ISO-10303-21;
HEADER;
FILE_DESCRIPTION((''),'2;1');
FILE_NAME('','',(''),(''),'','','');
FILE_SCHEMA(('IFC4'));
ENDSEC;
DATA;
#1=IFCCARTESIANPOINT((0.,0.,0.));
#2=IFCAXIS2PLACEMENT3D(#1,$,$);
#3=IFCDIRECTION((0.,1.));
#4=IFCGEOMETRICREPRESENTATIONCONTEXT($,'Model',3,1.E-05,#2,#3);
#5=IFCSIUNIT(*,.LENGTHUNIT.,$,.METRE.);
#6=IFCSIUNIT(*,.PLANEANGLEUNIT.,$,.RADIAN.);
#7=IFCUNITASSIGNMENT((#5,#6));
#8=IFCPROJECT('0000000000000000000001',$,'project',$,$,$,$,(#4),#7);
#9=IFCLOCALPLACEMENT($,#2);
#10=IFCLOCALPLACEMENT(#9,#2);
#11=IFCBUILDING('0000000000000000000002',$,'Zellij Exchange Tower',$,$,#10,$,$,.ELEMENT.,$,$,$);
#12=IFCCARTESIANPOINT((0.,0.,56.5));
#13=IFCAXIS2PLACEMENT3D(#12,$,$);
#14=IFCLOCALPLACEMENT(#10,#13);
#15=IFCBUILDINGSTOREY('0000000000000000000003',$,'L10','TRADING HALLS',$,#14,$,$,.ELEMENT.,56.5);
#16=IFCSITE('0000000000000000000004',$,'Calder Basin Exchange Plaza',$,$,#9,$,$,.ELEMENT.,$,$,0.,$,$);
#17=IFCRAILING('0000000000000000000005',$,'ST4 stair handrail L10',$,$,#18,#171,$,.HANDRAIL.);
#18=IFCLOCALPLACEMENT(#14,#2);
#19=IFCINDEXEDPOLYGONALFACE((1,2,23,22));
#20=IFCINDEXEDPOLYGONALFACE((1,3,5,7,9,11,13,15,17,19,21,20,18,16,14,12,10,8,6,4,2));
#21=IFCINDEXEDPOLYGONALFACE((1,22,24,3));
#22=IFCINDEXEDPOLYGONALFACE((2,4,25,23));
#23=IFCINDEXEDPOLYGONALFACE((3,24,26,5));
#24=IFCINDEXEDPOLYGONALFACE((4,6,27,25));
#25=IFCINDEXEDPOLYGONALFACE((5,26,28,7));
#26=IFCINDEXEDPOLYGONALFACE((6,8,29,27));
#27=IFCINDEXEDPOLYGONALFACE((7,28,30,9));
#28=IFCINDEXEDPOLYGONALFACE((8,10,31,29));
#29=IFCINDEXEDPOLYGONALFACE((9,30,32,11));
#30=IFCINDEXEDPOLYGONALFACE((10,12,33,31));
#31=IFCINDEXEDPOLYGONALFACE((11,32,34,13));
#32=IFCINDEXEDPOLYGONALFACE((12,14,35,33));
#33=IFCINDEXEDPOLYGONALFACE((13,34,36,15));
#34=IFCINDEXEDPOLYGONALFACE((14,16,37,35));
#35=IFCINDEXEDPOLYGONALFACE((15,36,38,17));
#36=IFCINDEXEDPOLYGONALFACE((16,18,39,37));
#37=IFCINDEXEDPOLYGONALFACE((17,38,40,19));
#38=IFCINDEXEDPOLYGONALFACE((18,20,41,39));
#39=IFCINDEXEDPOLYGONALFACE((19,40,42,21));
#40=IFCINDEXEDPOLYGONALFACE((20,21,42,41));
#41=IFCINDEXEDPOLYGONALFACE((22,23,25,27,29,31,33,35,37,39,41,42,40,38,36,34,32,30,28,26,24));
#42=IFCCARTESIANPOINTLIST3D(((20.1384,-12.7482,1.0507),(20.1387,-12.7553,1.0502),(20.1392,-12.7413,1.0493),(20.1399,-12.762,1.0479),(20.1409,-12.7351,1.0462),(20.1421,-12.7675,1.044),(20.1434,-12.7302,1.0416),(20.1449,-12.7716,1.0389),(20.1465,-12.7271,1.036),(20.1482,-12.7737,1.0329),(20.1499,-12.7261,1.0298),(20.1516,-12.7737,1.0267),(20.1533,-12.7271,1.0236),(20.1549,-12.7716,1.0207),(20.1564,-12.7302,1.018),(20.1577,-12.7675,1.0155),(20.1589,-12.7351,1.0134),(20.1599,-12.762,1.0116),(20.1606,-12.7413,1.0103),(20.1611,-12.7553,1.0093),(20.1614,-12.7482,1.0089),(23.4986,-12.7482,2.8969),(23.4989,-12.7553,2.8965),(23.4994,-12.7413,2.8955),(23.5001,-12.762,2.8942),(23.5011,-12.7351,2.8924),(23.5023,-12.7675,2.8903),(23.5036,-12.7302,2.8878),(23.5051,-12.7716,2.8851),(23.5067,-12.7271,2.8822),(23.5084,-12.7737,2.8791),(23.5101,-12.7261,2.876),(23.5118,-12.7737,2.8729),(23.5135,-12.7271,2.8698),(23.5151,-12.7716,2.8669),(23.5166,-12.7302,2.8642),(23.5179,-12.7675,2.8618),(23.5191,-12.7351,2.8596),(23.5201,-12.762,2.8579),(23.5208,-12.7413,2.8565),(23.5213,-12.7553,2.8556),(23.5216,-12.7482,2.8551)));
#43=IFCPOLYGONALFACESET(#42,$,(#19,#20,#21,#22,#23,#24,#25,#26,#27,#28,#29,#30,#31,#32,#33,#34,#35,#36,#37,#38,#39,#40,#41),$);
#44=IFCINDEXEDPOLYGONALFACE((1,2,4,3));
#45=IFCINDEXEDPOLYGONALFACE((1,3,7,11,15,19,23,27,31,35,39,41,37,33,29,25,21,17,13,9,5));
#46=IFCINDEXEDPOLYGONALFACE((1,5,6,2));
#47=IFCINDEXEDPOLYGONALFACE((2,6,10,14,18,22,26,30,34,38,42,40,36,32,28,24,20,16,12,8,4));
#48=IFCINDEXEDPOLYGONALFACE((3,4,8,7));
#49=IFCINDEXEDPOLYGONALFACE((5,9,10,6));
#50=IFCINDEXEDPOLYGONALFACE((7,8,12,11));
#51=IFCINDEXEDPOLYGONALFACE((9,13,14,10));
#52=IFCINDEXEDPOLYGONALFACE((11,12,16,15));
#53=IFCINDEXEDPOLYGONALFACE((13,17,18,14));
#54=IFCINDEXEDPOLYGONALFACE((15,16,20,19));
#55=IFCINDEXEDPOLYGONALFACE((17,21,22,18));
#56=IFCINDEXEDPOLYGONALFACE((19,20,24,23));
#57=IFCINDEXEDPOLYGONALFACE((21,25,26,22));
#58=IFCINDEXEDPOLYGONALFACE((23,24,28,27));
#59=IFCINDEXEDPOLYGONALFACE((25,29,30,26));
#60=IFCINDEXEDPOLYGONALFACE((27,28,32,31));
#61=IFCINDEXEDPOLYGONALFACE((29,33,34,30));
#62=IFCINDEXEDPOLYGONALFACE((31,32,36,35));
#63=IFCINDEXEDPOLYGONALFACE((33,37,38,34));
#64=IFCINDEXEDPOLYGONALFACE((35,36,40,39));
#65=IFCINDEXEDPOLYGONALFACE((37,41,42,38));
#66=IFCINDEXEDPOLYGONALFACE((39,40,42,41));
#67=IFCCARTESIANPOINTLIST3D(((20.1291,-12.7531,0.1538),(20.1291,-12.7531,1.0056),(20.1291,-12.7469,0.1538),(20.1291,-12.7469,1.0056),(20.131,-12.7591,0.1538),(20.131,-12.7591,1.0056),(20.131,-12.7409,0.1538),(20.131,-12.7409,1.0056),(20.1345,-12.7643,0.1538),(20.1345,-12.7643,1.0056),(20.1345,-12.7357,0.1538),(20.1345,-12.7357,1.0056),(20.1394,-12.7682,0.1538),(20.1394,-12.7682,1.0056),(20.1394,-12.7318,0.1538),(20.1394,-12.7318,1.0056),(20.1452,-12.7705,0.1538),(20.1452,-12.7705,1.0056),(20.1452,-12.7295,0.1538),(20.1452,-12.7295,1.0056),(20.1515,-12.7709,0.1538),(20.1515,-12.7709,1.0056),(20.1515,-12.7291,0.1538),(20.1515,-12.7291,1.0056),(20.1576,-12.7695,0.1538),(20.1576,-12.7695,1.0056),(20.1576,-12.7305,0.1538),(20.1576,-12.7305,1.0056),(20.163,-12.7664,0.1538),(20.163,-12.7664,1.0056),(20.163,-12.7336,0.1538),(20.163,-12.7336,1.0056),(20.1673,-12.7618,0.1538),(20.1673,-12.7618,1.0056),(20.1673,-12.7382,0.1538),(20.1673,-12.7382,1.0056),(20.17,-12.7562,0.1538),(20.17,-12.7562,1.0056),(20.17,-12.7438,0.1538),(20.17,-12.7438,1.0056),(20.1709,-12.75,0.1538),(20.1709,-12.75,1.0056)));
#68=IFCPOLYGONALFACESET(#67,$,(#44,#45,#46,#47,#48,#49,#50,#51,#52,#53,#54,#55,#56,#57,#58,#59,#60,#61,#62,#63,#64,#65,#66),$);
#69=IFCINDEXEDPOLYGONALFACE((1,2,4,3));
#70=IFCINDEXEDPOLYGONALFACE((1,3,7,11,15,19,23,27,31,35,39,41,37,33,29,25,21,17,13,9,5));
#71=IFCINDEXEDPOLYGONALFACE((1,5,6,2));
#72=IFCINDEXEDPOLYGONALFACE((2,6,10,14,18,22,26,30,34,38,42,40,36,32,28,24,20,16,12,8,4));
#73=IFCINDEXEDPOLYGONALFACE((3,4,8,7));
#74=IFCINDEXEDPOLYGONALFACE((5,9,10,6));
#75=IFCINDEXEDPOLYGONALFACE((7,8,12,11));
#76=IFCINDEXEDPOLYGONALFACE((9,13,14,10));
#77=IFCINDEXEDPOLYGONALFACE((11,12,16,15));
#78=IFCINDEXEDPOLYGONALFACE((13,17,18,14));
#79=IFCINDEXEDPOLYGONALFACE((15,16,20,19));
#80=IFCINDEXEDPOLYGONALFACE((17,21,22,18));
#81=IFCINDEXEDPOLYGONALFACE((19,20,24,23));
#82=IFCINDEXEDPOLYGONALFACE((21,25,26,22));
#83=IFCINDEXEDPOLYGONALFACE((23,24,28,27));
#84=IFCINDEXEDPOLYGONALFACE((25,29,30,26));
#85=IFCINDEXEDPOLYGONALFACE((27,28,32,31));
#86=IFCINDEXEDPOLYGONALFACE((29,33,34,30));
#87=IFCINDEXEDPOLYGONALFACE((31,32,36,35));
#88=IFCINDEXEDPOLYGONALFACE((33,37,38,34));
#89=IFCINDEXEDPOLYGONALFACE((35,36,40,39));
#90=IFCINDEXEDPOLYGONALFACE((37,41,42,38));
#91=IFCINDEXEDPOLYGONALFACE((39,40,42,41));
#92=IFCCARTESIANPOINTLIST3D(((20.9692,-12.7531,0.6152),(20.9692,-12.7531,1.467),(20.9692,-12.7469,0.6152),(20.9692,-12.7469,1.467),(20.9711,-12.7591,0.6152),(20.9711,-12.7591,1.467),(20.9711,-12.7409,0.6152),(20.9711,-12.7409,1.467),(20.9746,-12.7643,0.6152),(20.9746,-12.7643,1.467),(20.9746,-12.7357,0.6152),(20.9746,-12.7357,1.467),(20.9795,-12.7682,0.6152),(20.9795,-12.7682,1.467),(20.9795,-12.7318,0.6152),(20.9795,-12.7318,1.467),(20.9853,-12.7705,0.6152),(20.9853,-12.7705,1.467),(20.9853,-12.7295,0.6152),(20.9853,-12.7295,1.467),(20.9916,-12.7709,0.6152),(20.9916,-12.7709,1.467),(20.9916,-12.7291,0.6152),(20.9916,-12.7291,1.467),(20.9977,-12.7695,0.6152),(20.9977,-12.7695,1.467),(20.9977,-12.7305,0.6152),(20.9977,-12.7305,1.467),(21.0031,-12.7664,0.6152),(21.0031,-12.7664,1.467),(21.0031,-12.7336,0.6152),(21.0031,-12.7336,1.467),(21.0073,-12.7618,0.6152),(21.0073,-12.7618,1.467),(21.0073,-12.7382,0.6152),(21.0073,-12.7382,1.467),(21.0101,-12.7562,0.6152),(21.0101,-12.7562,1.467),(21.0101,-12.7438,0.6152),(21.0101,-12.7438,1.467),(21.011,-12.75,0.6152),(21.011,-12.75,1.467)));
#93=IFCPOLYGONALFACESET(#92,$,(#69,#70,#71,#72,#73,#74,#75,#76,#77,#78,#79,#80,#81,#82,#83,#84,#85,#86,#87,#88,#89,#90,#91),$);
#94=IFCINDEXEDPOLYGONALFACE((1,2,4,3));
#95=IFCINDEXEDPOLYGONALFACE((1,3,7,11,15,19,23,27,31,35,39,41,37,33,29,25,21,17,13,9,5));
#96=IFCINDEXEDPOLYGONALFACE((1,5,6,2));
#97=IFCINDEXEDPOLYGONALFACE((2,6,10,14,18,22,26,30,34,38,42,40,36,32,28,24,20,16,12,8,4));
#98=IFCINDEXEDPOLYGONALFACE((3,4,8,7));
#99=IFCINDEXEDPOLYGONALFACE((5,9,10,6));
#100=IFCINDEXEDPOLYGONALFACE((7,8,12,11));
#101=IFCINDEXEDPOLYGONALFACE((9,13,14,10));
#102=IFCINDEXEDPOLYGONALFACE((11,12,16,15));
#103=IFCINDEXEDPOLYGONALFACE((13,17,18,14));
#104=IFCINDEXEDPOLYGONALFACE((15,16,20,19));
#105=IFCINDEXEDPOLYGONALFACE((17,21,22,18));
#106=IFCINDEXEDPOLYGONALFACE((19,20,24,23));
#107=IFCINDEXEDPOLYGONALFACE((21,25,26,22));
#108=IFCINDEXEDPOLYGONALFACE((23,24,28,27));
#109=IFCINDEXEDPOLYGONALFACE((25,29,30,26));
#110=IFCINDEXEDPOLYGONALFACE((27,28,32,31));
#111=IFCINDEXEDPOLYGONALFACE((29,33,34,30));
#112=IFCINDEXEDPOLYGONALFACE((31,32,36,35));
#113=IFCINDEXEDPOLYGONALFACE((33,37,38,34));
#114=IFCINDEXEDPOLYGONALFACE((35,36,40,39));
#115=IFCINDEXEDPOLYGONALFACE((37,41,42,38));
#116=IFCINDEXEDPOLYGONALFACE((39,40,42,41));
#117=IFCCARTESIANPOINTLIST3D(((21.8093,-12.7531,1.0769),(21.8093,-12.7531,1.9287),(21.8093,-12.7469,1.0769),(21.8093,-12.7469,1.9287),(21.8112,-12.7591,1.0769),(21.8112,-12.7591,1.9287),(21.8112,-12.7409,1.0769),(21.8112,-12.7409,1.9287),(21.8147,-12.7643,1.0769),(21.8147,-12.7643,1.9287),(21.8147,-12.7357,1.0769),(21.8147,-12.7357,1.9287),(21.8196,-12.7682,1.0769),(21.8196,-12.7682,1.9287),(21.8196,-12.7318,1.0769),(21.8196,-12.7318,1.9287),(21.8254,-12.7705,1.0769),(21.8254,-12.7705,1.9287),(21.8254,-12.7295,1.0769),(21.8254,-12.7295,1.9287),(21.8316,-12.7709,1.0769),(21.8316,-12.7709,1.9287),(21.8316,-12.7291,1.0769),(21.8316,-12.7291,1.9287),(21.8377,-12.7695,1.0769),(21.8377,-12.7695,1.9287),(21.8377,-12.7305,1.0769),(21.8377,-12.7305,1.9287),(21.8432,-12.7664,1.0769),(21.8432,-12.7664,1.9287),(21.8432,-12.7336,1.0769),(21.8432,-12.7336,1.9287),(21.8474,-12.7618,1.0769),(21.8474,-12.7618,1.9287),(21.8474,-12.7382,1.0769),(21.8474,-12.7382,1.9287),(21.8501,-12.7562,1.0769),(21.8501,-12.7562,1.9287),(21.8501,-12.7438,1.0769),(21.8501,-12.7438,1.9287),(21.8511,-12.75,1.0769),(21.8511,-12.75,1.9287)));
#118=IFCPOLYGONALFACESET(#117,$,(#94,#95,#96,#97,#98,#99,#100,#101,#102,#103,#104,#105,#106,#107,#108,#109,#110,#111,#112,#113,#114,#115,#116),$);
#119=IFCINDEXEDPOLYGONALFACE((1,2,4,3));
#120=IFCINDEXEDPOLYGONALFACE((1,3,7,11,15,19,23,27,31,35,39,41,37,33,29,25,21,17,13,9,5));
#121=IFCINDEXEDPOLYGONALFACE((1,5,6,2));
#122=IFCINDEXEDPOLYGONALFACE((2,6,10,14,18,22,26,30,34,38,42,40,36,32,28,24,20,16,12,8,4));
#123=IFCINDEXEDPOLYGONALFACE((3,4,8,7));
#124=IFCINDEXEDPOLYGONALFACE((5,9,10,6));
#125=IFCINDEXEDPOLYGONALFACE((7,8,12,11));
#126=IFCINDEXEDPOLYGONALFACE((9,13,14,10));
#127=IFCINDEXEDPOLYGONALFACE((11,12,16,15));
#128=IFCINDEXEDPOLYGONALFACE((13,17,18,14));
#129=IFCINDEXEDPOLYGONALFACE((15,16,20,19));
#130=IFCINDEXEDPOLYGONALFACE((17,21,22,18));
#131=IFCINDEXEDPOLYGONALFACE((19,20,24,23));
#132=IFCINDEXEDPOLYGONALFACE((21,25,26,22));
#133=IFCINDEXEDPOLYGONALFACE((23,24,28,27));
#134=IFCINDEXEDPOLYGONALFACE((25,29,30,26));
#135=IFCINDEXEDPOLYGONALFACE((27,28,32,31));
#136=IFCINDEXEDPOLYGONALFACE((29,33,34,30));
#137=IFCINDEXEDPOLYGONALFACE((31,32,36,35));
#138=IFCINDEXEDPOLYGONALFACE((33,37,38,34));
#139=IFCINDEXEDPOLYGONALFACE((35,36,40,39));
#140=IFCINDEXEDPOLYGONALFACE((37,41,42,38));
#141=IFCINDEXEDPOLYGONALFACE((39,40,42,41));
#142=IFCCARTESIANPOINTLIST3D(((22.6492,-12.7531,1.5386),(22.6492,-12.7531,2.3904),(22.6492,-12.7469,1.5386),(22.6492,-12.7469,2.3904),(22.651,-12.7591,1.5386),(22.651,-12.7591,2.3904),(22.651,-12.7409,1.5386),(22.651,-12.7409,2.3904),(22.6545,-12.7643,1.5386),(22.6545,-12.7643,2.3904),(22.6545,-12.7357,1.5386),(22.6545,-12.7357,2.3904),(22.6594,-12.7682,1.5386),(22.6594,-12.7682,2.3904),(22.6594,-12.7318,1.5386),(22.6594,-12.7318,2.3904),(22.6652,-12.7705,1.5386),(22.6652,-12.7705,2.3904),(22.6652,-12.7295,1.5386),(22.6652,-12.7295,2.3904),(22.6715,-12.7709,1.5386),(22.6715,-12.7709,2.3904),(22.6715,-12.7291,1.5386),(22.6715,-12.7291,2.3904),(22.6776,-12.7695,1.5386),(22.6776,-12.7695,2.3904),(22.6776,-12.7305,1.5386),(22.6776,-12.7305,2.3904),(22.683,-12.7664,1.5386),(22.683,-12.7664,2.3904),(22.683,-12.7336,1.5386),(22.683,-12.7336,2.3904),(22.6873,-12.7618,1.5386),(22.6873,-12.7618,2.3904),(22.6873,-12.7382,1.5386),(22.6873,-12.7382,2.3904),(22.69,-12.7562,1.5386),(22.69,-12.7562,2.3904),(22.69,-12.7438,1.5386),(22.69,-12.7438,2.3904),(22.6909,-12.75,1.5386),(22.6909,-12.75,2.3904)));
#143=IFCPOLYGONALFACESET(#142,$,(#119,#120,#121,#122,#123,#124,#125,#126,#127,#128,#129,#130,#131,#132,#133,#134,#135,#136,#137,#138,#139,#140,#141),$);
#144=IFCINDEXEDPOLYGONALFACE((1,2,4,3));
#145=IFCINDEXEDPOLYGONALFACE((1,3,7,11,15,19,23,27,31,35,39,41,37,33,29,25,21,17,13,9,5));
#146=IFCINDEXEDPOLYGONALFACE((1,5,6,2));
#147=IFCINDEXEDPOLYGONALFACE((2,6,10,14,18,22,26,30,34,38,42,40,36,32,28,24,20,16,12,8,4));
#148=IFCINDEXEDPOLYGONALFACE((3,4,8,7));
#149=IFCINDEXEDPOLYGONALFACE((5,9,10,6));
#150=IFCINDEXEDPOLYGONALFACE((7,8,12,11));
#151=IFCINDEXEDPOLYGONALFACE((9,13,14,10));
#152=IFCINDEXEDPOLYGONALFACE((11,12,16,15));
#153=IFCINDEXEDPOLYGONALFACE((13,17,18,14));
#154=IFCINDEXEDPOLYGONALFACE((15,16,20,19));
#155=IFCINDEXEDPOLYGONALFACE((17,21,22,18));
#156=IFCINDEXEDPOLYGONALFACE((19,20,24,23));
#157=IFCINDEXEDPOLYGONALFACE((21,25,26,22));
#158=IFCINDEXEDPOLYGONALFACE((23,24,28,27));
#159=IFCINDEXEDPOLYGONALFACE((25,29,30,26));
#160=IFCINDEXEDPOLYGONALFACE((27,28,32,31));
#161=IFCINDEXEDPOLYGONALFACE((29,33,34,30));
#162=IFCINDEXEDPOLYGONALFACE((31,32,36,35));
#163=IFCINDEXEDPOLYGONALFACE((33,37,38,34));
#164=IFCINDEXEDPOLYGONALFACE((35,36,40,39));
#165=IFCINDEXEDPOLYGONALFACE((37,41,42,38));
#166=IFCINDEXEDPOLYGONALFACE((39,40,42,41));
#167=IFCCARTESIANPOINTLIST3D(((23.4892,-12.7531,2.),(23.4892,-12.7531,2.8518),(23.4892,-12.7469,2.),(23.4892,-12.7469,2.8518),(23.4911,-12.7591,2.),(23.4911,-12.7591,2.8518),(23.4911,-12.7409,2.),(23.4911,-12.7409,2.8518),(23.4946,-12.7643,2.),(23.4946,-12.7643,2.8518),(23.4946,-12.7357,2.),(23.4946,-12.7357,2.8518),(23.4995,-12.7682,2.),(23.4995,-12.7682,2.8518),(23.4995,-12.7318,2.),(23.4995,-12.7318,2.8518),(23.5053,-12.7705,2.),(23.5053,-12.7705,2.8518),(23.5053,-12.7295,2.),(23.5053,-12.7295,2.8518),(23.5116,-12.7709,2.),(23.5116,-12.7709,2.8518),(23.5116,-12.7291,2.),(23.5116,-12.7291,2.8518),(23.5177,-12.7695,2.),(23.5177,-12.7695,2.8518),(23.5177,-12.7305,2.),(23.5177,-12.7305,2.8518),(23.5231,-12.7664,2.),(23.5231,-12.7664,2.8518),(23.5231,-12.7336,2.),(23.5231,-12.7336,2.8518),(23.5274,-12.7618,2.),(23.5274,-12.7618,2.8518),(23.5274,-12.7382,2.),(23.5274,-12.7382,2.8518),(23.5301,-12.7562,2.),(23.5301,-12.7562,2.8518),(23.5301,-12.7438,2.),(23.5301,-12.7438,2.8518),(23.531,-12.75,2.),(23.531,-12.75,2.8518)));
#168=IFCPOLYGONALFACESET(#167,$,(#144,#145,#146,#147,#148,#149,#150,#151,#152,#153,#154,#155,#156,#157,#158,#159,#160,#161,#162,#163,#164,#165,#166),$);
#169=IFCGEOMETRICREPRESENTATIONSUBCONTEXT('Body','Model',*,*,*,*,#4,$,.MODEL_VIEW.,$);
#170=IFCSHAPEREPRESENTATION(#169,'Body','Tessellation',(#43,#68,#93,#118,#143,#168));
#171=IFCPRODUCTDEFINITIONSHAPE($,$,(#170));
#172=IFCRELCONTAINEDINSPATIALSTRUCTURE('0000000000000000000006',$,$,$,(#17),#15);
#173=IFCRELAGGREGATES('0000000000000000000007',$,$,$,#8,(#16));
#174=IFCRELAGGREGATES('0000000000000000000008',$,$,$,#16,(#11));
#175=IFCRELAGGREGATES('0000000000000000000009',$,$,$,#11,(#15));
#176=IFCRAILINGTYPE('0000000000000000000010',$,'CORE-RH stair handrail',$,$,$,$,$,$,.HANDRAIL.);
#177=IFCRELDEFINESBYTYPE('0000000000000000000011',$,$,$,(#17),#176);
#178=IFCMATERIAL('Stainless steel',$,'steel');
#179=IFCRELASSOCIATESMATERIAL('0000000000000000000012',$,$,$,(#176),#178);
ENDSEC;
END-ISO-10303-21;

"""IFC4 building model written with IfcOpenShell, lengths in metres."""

from ifc_helpers import new_model, si_unit, direction, frame, origin, origin_2d, place, context, subcontext, project, spatial, circle, extrude, material, type_object, element, save


model = new_model("IFC4")

# Units and contexts
model_context = context("Model", 3, precision=1e-05, world=origin(), true_north=direction((0.0, 1.0)))
body_context = subcontext(model_context, "Body", "Model", "MODEL_VIEW")
ifc_project = project(units=[si_unit("LENGTHUNIT", "METRE"), si_unit("PLANEANGLEUNIT", "RADIAN")], contexts=[model_context])

# Site, building, storey
site_placement = place(None, origin())
site = spatial("IfcSite", under=ifc_project, at=site_placement, Name="Calder Basin Exchange Plaza", CompositionType="ELEMENT", RefElevation=0.0)
building_placement = place(site_placement, origin())
building = spatial("IfcBuilding", under=site, at=building_placement, Name="Zellij Exchange Tower", CompositionType="ELEMENT")
storey_placement = place(building_placement, frame((0.0, 0.0, 56.5)))
storey = spatial("IfcBuildingStorey", under=building, at=storey_placement, Name="L10", Description="TRADING HALLS", CompositionType="ELEMENT", Elevation=56.5)

# Railing
ifc_material_1 = material(Name="Stainless steel", Category="steel")
railing_type_1 = type_object("IfcRailingType", Name="CORE-RH stair handrail", PredefinedType="HANDRAIL", material=ifc_material_1)
for number, where, name in (
    (1, (20.1499, -12.75, 0.1538), "ST4 stair handrail L10"),
):
    element("IfcRailing", number, at=place(storey_placement, frame(where)), inside=storey, type_object=railing_type_1, Name=name, PredefinedType="HANDRAIL", context=body_context, shape_type="SweptSolid", body=[
        extrude(circle(Radius=0.0239, at=origin_2d()), frame((0.0, 0.0, 0.876), z_axis=(0.876422, 0.0, 0.481545), x_axis=(0.0, 1.0, 0.0)), (0.0, 0.0, 1.0), 3.834),
        extrude(circle(Radius=0.021, at=origin_2d()), origin(), (0.0, 0.0, 1.0), 0.8518),
        extrude(circle(Radius=0.021, at=origin_2d()), frame((0.8401, 0.0, 0.4614)), (0.0, 0.0, 1.0), 0.8518),
        extrude(circle(Radius=0.021, at=origin_2d()), frame((1.6802, 0.0, 0.9231)), (0.0, 0.0, 1.0), 0.8518),
        extrude(circle(Radius=0.021, at=origin_2d()), frame((2.52, 0.0, 1.3848)), (0.0, 0.0, 1.0), 0.8518),
        extrude(circle(Radius=0.021, at=origin_2d()), frame((3.3601, 0.0, 1.8462)), (0.0, 0.0, 1.0), 0.8518),
    ])

save(model, "model.ifc")
